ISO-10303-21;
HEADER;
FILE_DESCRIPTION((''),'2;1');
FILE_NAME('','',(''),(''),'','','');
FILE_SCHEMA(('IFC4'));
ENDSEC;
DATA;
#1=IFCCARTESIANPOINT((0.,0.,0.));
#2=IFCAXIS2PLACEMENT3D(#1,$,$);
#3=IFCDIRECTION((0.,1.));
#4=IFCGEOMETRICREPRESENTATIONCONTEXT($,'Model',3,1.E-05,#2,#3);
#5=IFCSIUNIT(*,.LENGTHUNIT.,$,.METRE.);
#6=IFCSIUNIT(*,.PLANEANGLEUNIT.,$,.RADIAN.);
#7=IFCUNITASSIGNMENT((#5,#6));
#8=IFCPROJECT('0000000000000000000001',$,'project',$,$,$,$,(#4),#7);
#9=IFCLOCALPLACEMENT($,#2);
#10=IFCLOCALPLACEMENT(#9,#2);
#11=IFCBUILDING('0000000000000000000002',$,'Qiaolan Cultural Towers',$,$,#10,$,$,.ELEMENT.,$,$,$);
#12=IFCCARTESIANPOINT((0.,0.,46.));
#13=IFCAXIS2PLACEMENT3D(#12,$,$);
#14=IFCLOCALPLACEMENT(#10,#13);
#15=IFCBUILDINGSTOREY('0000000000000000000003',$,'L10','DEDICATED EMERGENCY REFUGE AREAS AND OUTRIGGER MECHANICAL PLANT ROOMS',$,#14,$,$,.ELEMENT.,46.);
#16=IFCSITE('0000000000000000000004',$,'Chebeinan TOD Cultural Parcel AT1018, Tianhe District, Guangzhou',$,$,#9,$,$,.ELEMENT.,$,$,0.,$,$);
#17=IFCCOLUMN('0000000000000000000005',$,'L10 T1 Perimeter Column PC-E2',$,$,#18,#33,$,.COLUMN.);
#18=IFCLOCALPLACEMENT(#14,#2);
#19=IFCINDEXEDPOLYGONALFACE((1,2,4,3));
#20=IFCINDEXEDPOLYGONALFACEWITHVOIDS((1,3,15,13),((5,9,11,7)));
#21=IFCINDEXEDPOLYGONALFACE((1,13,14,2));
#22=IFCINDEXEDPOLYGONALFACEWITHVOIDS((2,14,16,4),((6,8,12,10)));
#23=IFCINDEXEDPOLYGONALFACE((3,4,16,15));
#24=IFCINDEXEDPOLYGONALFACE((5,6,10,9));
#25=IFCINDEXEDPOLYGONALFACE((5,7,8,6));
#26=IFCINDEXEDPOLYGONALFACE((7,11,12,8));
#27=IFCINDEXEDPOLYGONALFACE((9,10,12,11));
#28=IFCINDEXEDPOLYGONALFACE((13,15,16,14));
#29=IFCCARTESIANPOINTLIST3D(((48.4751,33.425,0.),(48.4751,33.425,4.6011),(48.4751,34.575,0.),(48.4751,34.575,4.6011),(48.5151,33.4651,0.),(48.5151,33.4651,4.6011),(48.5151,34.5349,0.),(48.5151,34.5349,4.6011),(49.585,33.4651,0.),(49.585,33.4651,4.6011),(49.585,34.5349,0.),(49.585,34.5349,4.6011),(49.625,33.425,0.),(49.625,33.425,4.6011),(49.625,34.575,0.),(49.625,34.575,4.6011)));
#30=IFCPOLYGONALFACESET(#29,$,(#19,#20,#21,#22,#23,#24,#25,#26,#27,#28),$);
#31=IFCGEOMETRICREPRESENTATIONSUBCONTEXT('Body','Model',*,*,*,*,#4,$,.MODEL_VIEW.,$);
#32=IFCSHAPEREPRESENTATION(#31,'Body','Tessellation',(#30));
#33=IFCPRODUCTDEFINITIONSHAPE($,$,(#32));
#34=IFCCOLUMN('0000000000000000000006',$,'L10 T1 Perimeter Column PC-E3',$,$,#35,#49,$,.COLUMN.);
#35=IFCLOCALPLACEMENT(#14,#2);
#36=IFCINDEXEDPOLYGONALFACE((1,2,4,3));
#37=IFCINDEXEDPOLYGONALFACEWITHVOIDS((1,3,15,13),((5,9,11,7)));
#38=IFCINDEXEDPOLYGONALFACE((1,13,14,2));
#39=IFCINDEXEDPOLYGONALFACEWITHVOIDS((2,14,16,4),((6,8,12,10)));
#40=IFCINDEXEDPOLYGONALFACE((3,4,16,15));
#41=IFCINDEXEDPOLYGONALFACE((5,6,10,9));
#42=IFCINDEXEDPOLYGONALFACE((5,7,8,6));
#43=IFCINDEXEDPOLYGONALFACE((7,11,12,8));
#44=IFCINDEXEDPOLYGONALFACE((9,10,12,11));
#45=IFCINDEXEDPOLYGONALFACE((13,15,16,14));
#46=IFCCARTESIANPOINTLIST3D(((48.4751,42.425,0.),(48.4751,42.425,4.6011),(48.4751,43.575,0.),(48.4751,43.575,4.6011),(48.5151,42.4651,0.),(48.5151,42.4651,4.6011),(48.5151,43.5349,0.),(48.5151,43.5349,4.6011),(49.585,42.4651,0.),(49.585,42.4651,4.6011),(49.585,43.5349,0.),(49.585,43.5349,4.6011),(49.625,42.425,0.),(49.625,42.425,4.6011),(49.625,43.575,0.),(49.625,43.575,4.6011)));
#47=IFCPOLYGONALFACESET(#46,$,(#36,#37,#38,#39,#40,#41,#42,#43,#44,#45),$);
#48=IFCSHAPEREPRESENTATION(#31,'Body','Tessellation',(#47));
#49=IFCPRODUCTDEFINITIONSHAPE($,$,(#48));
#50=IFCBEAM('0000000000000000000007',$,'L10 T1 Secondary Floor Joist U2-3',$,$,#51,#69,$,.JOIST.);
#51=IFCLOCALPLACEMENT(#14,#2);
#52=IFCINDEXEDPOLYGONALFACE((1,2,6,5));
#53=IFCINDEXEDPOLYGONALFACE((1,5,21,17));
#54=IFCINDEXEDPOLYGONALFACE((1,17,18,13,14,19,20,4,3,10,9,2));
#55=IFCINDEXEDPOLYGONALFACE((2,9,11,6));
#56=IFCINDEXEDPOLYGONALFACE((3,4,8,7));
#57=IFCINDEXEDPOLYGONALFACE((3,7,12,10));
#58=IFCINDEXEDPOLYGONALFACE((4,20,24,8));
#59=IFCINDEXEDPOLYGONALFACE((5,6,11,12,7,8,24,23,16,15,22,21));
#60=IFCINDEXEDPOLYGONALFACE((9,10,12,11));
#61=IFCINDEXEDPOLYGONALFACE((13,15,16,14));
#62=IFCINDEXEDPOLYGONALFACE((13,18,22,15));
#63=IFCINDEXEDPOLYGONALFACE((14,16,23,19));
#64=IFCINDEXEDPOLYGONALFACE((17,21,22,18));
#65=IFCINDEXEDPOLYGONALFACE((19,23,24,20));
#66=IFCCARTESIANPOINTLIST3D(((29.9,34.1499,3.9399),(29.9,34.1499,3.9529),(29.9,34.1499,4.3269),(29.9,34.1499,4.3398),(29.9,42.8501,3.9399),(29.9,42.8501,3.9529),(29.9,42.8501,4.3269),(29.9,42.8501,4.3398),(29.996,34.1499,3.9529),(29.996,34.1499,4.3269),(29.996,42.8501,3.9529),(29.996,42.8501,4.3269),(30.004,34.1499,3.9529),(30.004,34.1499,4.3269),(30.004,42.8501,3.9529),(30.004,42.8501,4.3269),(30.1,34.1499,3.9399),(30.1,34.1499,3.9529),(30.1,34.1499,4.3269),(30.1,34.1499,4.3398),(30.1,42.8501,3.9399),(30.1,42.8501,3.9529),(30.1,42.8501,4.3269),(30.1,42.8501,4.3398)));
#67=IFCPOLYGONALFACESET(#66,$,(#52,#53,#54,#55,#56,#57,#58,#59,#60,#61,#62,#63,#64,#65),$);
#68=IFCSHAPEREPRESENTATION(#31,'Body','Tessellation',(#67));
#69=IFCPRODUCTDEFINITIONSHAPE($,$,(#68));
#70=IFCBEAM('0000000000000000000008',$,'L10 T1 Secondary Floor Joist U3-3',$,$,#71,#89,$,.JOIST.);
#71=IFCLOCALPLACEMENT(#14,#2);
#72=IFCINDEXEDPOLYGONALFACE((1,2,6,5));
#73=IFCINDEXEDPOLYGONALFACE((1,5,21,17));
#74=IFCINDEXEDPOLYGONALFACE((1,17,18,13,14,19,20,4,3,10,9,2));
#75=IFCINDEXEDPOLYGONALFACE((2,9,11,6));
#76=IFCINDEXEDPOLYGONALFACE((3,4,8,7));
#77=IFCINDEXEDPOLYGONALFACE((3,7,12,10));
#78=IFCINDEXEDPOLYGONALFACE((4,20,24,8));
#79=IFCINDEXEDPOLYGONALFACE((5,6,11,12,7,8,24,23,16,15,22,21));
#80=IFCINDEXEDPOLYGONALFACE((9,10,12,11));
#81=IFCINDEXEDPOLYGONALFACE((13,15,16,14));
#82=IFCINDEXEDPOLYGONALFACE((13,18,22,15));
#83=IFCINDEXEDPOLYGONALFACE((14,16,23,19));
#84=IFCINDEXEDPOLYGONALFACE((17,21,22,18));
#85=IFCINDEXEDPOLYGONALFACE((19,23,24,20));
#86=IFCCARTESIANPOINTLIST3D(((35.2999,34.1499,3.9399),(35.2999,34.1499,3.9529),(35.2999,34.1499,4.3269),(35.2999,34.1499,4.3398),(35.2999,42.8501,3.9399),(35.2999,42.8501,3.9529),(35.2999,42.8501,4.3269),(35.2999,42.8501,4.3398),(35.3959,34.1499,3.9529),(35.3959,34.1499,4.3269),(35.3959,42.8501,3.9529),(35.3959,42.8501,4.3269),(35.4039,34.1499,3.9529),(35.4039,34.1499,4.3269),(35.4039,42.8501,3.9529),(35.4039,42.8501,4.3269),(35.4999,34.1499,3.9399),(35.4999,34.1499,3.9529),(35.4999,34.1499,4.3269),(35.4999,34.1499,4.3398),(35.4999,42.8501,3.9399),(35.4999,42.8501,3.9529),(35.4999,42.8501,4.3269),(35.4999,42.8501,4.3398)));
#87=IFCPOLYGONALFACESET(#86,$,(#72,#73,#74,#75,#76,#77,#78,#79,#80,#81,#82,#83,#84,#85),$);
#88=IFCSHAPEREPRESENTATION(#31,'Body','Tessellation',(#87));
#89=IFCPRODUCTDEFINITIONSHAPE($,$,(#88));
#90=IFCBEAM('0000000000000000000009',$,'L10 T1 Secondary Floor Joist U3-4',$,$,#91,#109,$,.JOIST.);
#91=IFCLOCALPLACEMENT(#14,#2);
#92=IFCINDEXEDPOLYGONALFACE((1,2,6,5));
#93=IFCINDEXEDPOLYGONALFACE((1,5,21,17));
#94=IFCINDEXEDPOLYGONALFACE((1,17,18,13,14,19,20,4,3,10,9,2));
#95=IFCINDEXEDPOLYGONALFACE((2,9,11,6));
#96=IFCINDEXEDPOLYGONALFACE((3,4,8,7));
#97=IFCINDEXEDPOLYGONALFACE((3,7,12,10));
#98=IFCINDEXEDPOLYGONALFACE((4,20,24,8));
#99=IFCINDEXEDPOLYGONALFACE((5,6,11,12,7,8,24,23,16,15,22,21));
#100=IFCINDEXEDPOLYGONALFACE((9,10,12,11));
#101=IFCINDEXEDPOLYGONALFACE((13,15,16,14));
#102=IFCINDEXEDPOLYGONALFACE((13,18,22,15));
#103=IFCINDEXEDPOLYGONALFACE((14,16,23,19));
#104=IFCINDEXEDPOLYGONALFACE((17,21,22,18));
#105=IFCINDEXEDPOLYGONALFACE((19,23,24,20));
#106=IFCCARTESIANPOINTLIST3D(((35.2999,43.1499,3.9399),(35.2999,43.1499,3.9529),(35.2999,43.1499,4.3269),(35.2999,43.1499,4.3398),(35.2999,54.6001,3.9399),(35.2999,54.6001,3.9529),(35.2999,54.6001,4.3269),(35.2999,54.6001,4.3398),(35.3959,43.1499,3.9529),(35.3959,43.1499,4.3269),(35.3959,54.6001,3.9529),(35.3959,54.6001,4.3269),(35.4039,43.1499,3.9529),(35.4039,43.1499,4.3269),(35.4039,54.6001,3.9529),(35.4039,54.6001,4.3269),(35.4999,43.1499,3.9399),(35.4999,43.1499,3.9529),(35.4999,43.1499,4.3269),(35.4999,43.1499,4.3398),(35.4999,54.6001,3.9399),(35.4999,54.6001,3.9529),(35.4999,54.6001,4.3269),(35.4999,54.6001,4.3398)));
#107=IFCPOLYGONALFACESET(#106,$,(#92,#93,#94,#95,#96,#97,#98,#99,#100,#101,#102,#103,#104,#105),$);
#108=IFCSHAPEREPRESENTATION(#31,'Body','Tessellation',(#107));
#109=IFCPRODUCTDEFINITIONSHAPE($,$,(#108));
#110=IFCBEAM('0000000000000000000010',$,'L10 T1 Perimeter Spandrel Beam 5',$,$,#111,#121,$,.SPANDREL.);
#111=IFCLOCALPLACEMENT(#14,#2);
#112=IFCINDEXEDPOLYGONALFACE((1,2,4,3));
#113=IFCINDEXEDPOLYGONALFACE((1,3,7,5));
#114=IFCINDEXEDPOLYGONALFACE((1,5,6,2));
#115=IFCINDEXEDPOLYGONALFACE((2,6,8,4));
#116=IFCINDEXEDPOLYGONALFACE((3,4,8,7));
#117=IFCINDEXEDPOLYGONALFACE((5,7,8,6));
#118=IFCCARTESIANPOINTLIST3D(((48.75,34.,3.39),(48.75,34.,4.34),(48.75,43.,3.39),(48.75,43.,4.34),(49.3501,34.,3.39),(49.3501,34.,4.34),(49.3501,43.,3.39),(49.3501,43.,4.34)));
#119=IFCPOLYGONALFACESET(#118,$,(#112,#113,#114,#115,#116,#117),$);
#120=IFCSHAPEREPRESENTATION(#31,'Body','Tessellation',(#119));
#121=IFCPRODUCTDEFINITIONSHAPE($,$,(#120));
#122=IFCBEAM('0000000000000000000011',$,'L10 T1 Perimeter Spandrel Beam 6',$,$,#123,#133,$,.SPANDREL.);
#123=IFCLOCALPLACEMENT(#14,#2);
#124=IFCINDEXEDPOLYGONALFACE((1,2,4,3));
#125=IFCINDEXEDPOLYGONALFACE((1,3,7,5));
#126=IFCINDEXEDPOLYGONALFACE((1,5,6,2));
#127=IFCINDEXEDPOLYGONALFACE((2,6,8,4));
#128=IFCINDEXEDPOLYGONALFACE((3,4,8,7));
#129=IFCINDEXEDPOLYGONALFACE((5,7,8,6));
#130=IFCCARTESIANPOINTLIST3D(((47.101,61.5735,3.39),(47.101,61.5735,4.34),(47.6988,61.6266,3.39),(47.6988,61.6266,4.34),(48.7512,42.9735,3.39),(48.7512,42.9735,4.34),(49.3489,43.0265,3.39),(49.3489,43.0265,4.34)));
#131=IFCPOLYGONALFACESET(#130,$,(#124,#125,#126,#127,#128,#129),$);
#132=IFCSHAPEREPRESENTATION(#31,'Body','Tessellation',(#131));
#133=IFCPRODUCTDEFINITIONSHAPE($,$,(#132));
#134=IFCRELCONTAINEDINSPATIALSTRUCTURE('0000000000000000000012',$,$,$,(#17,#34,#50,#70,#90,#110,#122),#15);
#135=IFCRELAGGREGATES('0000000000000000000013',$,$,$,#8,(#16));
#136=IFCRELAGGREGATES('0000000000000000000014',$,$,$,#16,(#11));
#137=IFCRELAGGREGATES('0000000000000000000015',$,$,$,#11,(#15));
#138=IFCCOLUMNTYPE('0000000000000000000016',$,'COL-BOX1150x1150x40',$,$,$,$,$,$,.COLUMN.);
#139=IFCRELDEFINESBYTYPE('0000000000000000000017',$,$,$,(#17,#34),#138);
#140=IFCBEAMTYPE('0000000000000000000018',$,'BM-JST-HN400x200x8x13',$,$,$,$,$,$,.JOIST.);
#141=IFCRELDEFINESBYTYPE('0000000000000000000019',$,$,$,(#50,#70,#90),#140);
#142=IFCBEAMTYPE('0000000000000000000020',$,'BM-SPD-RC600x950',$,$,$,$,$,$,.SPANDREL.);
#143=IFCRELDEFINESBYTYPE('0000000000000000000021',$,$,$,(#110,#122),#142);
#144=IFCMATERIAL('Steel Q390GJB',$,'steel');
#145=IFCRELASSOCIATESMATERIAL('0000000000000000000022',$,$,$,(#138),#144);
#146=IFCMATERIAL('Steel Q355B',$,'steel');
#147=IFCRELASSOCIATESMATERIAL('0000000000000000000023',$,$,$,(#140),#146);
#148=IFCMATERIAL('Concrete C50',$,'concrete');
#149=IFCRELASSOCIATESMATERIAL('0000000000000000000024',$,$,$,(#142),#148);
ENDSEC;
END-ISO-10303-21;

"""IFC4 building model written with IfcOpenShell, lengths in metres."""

from ifc_helpers import new_model, si_unit, direction, frame, origin, origin_2d, place, context, subcontext, project, spatial, rectangle, hollow_rectangle, i_section, extrude, material, material_profile, profile_set, type_object, element, save


model = new_model("IFC4")

# Units and contexts
model_context = context("Model", 3, precision=1e-05, world=origin(), true_north=direction((0.0, 1.0)))
body_context = subcontext(model_context, "Body", "Model", "MODEL_VIEW")
ifc_project = project(units=[si_unit("LENGTHUNIT", "METRE"), si_unit("PLANEANGLEUNIT", "RADIAN")], contexts=[model_context])

# Site, building, storey
site_placement = place(None, origin())
site = spatial("IfcSite", under=ifc_project, at=site_placement, Name="Chebeinan TOD Cultural Parcel AT1018, Tianhe District, Guangzhou", CompositionType="ELEMENT", RefElevation=0.0)
building_placement = place(site_placement, origin())
building = spatial("IfcBuilding", under=site, at=building_placement, Name="Qiaolan Cultural Towers", CompositionType="ELEMENT")
storey_placement = place(building_placement, frame((0.0, 0.0, 46.0)))
storey = spatial("IfcBuildingStorey", under=building, at=storey_placement, Name="L10", Description="DEDICATED EMERGENCY REFUGE AREAS AND OUTRIGGER MECHANICAL PLANT ROOMS", CompositionType="ELEMENT", Elevation=46.0)

# Columns
ifc_material_1 = material(Name="Steel Q390GJB", Category="steel")
ifc_material_profile_1 = material_profile(ifc_material_1, hollow_rectangle(XDim=1.1499, YDim=1.1499, WallThickness=0.04, at=origin_2d()), Name="BOX1150x1150x40")
ifc_profile_set_1 = profile_set([ifc_material_profile_1], Name="Steel Q390GJB")
column_type = type_object("IfcColumnType", Name="COL-BOX1150x1150x40", PredefinedType="COLUMN", material=ifc_profile_set_1)
for number, where, z_axis, x_axis, name in (
    (1, (49.05, 34.0, 0.0), (0.0, 0.0, 1.0), (1.0, 0.0, 0.0), "L10 T1 Perimeter Column PC-E2"),
    (2, (49.05, 43.0, 0.0), (0.0, 0.0, 1.0), (1.0, 0.0, 0.0), "L10 T1 Perimeter Column PC-E3"),
):
    element("IfcColumn", number, at=place(storey_placement, frame(where, z_axis=z_axis, x_axis=x_axis)), inside=storey, type_object=column_type, Name=name, PredefinedType="COLUMN", context=body_context, shape_type="SweptSolid", body=[
        extrude(hollow_rectangle(XDim=1.1499, YDim=1.1499, WallThickness=0.04, at=origin_2d()), origin(), (0.0, 0.0, 1.0), 4.6011),
    ])

# Beams
ifc_material_2 = material(Name="Steel Q355B", Category="steel")
ifc_material_profile_2 = material_profile(ifc_material_2, i_section(OverallWidth=0.2, OverallDepth=0.3999, WebThickness=0.0081, FlangeThickness=0.0129, at=origin_2d()), Name="HN400x200x8x13")
ifc_profile_set_2 = profile_set([ifc_material_profile_2], Name="Steel Q355B")
beam_type_1 = type_object("IfcBeamType", Name="BM-JST-HN400x200x8x13", PredefinedType="JOIST", material=ifc_profile_set_2)
for number, where, z_axis, x_axis, name in (
    (3, (30.0, 34.1499, 4.1399), (0.0, 1.0, 0.0), (-1.0, 0.0, 0.0), "L10 T1 Secondary Floor Joist U2-3"),
    (4, (35.3999, 34.1499, 4.1399), (0.0, 1.0, 0.0), (-1.0, 0.0, 0.0), "L10 T1 Secondary Floor Joist U3-3"),
):
    element("IfcBeam", number, at=place(storey_placement, frame(where, z_axis=z_axis, x_axis=x_axis)), inside=storey, type_object=beam_type_1, Name=name, PredefinedType="JOIST", context=body_context, shape_type="SweptSolid", body=[
        extrude(i_section(OverallWidth=0.2, OverallDepth=0.3999, WebThickness=0.0081, FlangeThickness=0.0129, at=origin_2d()), origin(), (0.0, 0.0, 1.0), 8.7002),
    ])
beam_1_placement = place(storey_placement, frame((35.3999, 43.1499, 4.1399), z_axis=(0.0, 1.0, 0.0), x_axis=(-1.0, 0.0, 0.0)))
element("IfcBeam", 5, at=beam_1_placement, inside=storey, type_object=beam_type_1, Name="L10 T1 Secondary Floor Joist U3-4", PredefinedType="JOIST", context=body_context, shape_type="SweptSolid", body=[
    extrude(i_section(OverallWidth=0.2, OverallDepth=0.3999, WebThickness=0.0081, FlangeThickness=0.0129, at=origin_2d()), origin(), (0.0, 0.0, 1.0), 11.4502),
])
ifc_material_3 = material(Name="Concrete C50", Category="concrete")
ifc_material_profile_3 = material_profile(ifc_material_3, rectangle(XDim=0.6001, YDim=0.95, at=origin_2d()), Name="RC600x950")
ifc_profile_set_3 = profile_set([ifc_material_profile_3], Name="Concrete C50")
beam_type_2 = type_object("IfcBeamType", Name="BM-SPD-RC600x950", PredefinedType="SPANDREL", material=ifc_profile_set_3)
beam_2_placement = place(storey_placement, frame((49.05, 34.0, 3.865), z_axis=(0.0, 1.0, 0.0), x_axis=(-1.0, 0.0, 0.0)))
element("IfcBeam", 6, at=beam_2_placement, inside=storey, type_object=beam_type_2, Name="L10 T1 Perimeter Spandrel Beam 5", PredefinedType="SPANDREL", context=body_context, shape_type="SweptSolid", body=[
    extrude(rectangle(XDim=0.6001, YDim=0.95, at=origin_2d()), origin(), (0.0, 0.0, 1.0), 9.0),
])
beam_3_placement = place(storey_placement, frame((49.05, 43.0, 3.865), z_axis=(-0.08837, 0.996088, 0.0), x_axis=(-0.996088, -0.08837, 0.0)))
element("IfcBeam", 7, at=beam_3_placement, inside=storey, type_object=beam_type_2, Name="L10 T1 Perimeter Spandrel Beam 6", PredefinedType="SPANDREL", context=body_context, shape_type="SweptSolid", body=[
    extrude(rectangle(XDim=0.6001, YDim=0.95, at=origin_2d()), origin(), (0.0, 0.0, 1.0), 18.6731),
])

save(model, "model.ifc")
